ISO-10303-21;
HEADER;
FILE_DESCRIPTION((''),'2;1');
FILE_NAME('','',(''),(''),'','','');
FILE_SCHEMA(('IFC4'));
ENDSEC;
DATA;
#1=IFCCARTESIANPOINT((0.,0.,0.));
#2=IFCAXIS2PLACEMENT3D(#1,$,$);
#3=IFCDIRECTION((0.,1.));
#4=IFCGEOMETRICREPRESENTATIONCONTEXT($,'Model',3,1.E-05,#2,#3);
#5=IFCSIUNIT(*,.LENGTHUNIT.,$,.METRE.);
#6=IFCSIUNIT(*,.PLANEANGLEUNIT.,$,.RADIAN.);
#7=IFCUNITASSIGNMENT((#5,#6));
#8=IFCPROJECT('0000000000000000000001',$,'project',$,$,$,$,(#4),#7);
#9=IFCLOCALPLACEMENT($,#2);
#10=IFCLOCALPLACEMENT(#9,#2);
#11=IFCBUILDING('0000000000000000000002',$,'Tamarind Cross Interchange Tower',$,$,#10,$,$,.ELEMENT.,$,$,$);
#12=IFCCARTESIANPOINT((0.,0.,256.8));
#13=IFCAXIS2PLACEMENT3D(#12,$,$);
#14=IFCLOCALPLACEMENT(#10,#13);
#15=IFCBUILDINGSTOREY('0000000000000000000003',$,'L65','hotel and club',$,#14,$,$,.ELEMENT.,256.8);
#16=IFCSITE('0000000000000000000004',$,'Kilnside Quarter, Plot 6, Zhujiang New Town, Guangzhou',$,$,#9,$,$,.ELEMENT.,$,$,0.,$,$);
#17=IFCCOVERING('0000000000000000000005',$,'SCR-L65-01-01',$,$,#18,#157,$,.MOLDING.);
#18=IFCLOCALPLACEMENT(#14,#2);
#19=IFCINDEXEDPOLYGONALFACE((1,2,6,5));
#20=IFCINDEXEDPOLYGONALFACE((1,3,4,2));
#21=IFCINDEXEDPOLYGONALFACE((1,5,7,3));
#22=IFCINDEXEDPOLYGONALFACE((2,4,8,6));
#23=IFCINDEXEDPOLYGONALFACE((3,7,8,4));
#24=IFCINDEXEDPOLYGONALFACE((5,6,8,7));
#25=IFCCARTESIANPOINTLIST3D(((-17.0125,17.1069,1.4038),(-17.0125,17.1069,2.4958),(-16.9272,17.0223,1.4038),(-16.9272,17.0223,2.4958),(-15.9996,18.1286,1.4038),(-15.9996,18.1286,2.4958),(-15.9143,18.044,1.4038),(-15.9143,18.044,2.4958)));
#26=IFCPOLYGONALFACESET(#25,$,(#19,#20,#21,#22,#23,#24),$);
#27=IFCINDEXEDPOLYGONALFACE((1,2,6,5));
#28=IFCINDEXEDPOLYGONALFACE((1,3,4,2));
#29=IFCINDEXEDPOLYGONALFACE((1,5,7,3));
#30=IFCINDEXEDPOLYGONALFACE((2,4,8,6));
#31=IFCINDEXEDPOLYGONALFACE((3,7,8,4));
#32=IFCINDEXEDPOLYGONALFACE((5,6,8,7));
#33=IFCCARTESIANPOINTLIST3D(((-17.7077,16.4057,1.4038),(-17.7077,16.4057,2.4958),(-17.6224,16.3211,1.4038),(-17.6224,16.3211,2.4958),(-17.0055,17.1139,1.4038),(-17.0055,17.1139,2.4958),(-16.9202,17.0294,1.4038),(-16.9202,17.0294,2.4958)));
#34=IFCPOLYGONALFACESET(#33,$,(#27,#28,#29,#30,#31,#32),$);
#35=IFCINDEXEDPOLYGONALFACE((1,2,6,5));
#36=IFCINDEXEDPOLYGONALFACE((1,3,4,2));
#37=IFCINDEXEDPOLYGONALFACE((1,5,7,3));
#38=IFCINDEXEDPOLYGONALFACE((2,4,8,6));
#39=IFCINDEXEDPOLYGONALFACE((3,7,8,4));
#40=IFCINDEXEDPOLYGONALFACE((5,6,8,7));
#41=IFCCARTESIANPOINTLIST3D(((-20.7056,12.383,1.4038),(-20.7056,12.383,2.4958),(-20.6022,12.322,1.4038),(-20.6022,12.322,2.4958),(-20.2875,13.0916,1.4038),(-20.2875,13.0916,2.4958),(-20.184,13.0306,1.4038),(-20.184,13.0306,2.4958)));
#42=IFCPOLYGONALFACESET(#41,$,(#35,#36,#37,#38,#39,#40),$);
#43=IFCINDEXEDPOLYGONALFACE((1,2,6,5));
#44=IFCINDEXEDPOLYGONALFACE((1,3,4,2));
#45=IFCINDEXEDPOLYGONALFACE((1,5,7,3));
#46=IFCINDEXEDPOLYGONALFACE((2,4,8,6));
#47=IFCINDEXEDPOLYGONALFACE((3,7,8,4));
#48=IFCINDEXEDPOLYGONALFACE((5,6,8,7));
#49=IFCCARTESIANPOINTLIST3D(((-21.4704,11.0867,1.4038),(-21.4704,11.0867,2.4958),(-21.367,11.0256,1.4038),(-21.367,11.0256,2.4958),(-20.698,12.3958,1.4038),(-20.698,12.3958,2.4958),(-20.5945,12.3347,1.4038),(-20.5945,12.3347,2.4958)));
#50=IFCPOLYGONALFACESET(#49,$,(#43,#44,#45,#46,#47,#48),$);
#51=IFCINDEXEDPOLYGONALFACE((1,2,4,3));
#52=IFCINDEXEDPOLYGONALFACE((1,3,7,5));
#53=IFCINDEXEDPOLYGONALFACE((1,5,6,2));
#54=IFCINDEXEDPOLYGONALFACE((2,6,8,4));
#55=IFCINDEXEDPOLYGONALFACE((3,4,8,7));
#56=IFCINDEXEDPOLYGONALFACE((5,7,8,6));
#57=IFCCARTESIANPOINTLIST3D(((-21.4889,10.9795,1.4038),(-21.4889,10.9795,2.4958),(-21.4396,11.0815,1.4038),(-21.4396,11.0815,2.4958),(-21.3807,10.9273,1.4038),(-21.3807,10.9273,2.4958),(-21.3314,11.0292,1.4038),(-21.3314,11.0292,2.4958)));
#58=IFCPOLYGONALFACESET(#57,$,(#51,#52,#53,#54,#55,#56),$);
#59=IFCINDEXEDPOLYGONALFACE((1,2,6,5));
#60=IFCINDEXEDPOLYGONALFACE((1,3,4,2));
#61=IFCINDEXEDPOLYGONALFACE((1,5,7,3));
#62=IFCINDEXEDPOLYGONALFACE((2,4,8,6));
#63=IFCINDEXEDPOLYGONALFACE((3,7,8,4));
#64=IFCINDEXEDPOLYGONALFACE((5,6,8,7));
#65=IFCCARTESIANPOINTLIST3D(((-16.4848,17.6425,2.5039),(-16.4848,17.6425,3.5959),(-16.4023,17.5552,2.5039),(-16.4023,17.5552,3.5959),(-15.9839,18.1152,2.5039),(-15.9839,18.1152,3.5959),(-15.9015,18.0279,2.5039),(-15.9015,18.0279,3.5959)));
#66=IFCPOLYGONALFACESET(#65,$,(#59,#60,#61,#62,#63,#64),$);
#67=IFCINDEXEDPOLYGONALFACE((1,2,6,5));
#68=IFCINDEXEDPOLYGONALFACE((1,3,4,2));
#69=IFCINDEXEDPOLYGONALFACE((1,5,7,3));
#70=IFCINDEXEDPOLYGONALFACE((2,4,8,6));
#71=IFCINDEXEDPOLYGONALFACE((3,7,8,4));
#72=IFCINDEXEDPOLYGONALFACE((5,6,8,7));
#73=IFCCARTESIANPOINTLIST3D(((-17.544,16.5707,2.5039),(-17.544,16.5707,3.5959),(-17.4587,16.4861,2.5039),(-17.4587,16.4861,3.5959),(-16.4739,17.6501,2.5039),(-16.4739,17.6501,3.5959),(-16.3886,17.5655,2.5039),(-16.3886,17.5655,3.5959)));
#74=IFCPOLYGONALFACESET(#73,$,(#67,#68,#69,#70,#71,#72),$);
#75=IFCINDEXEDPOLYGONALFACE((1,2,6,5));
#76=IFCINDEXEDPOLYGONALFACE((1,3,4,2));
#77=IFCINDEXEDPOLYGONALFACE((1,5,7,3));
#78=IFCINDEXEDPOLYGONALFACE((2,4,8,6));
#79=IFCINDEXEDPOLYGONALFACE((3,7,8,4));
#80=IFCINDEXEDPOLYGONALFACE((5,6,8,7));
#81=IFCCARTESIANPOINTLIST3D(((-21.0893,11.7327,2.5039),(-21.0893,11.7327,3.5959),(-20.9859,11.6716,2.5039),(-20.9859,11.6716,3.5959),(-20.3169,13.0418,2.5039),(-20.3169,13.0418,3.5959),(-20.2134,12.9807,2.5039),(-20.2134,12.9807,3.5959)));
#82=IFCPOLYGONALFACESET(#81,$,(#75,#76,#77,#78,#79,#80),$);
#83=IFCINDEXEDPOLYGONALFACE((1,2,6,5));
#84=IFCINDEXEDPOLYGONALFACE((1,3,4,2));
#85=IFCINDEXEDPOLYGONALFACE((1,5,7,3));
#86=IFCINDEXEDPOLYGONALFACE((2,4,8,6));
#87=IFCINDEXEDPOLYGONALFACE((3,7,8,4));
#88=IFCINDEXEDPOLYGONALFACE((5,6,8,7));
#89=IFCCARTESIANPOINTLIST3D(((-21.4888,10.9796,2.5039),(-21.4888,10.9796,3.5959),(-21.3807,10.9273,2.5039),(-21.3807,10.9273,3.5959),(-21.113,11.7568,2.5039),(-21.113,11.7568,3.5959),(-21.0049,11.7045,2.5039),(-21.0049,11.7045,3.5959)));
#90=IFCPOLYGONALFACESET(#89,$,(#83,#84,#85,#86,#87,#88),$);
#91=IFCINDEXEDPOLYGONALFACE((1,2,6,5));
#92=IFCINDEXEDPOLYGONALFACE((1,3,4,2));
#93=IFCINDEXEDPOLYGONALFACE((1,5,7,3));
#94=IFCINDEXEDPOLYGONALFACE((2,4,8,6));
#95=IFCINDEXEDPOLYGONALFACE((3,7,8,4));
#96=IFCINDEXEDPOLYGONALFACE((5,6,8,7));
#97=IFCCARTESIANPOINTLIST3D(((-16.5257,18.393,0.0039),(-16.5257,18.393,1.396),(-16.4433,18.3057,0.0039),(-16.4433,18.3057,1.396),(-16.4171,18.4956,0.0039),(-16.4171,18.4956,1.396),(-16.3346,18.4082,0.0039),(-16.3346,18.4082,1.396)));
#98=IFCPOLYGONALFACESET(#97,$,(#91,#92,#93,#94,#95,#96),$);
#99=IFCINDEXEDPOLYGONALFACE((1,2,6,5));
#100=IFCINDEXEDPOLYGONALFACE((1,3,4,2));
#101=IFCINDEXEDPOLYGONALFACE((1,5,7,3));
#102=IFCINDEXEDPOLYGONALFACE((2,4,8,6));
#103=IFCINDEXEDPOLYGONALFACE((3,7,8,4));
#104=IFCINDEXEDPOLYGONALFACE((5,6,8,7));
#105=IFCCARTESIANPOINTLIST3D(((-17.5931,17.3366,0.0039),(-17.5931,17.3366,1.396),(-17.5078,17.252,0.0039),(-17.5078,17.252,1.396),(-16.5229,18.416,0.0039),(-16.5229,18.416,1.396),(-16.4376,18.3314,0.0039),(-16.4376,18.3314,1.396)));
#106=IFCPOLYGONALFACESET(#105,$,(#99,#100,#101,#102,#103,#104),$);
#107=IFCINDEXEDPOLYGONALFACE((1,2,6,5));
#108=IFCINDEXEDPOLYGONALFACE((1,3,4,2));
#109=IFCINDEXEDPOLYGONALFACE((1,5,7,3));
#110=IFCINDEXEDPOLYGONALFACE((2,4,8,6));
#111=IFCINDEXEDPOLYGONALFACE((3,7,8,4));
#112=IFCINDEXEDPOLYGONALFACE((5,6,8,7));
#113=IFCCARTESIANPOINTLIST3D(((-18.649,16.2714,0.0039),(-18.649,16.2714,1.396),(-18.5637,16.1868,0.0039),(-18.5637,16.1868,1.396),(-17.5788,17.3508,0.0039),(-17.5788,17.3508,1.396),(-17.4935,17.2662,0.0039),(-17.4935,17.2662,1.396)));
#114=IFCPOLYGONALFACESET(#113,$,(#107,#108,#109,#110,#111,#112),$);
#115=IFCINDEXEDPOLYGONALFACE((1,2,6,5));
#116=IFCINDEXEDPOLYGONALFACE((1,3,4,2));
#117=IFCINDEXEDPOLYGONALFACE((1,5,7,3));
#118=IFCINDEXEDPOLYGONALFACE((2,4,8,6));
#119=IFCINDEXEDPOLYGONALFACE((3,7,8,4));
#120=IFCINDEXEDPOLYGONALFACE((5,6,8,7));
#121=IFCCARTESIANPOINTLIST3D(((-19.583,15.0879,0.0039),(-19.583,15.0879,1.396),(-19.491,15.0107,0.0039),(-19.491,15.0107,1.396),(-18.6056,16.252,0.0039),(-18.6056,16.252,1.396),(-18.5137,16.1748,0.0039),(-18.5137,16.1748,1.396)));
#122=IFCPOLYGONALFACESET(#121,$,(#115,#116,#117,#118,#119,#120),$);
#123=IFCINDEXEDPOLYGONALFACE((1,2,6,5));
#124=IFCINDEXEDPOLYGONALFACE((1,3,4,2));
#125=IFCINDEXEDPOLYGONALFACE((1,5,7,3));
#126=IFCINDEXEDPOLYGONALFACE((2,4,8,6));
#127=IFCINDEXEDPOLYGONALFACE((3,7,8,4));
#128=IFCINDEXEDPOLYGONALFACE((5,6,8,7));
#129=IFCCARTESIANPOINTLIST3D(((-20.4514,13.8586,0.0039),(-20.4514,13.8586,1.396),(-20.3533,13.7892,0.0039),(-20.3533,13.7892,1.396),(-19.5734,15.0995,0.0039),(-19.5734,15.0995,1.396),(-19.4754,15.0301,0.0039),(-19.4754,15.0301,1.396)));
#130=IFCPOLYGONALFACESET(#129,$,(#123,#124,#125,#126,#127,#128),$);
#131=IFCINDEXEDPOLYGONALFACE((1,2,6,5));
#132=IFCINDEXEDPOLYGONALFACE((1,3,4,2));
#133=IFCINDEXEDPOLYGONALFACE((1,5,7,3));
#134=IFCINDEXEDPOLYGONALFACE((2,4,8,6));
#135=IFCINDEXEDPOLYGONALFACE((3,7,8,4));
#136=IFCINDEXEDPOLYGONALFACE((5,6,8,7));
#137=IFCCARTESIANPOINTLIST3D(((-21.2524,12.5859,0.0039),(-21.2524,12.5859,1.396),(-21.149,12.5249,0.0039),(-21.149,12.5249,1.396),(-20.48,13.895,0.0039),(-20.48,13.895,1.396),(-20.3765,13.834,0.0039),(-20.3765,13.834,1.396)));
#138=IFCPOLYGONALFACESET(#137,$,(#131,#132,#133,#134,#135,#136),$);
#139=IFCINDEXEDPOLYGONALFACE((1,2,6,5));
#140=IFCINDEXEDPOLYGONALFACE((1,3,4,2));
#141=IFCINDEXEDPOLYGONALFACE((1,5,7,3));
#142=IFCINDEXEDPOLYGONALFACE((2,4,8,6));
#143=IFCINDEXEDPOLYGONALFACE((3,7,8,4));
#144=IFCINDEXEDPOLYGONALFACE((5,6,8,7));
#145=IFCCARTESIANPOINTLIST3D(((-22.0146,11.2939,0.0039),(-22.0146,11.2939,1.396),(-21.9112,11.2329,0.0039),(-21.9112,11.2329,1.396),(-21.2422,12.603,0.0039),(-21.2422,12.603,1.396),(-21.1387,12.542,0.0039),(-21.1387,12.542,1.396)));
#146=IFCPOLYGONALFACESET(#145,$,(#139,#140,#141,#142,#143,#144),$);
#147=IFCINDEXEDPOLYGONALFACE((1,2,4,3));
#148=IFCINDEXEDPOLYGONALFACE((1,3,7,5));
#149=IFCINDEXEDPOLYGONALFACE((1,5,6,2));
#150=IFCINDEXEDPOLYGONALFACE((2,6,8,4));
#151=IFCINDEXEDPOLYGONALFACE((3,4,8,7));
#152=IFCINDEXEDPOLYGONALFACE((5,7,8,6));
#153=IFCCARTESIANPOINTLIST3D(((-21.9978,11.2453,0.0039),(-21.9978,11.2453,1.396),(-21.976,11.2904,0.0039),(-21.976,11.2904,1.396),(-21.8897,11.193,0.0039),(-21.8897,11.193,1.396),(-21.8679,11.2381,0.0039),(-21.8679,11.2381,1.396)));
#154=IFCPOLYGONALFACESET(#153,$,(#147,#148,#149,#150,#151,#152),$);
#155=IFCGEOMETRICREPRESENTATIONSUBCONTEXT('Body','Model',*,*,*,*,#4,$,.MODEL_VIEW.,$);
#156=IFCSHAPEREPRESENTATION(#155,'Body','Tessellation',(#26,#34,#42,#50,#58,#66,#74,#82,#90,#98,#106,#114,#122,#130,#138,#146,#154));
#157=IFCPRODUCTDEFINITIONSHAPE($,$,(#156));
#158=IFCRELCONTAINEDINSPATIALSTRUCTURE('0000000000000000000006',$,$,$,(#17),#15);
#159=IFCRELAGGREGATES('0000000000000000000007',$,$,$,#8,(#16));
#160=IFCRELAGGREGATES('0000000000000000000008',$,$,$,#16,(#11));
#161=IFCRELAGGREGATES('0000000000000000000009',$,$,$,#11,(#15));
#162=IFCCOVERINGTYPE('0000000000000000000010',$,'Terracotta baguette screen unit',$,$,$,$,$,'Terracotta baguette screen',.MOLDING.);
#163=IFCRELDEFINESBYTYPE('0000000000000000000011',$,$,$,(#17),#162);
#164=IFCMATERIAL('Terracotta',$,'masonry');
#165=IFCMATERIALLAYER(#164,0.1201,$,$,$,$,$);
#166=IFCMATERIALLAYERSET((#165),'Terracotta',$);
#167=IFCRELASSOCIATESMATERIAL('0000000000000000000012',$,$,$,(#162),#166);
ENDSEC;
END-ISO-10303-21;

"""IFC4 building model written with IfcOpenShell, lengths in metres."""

from ifc_helpers import new_model, si_unit, direction, frame, origin, origin_2d, place, context, subcontext, project, spatial, rectangle, extrude, material, layer, layer_set, type_object, element, save


model = new_model("IFC4")

# Units and contexts
model_context = context("Model", 3, precision=1e-05, world=origin(), true_north=direction((0.0, 1.0)))
body_context = subcontext(model_context, "Body", "Model", "MODEL_VIEW")
ifc_project = project(units=[si_unit("LENGTHUNIT", "METRE"), si_unit("PLANEANGLEUNIT", "RADIAN")], contexts=[model_context])

# Site, building, storey
site_placement = place(None, origin())
site = spatial("IfcSite", under=ifc_project, at=site_placement, Name="Kilnside Quarter, Plot 6, Zhujiang New Town, Guangzhou", CompositionType="ELEMENT", RefElevation=0.0)
building_placement = place(site_placement, origin())
building = spatial("IfcBuilding", under=site, at=building_placement, Name="Tamarind Cross Interchange Tower", CompositionType="ELEMENT")
storey_placement = place(building_placement, frame((0.0, 0.0, 256.8)))
storey = spatial("IfcBuildingStorey", under=building, at=storey_placement, Name="L65", Description="hotel and club", CompositionType="ELEMENT", Elevation=256.8)

# Covering
ifc_material_1 = material(Name="Terracotta", Category="masonry")
ifc_layer_1 = layer(ifc_material_1, 0.1201)
ifc_layer_set_1 = layer_set([ifc_layer_1], Name="Terracotta")
covering_type = type_object("IfcCoveringType", Name="Terracotta baguette screen unit", ElementType="Terracotta baguette screen", PredefinedType="MOLDING", material=ifc_layer_set_1)
covering_1_placement = place(storey_placement, origin())
element("IfcCovering", 1, at=covering_1_placement, inside=storey, type_object=covering_type, Name="SCR-L65-01-01", PredefinedType="MOLDING", context=body_context, shape_type="SweptSolid", body=[
    extrude(rectangle(XDim=1.4387, YDim=0.1201, at=origin_2d()), frame((-16.4634, 17.5754, 1.4038), z_axis=(0.0, 0.0, 1.0), x_axis=(-0.704057, -0.710143, 0.0)), (0.0, 0.0, 1.0), 1.092),
    extrude(rectangle(XDim=0.9973, YDim=0.1201, at=origin_2d()), frame((-17.314, 16.7175, 1.4038), z_axis=(0.0, 0.0, 1.0), x_axis=(-0.704057, -0.710143, 0.0)), (0.0, 0.0, 1.0), 1.092),
    extrude(rectangle(XDim=0.8228, YDim=0.1201, at=origin_2d()), frame((-20.4448, 12.7068, 1.4038), z_axis=(0.0, 0.0, 1.0), x_axis=(-0.508183, -0.861249, 0.0)), (0.0, 0.0, 1.0), 1.092),
    extrude(rectangle(XDim=1.52, YDim=0.1201, at=origin_2d()), frame((-21.0325, 11.7107, 1.4038), z_axis=(0.0, 0.0, 1.0), x_axis=(-0.508183, -0.861249, 0.0)), (0.0, 0.0, 1.0), 1.092),
    extrude(rectangle(XDim=0.1133, YDim=0.1201, at=origin_2d()), frame((-21.4102, 11.0044, 1.4038), z_axis=(0.0, 0.0, 1.0), x_axis=(-0.435326, -0.900273, 0.0)), (0.0, 0.0, 1.0), 1.092),
    extrude(rectangle(XDim=0.6887, YDim=0.1201, at=origin_2d()), frame((-16.1931, 17.8352, 2.5039), z_axis=(0.0, 0.0, 1.0), x_axis=(-0.72725, -0.686373, 0.0)), (0.0, 0.0, 1.0), 1.092),
    extrude(rectangle(XDim=1.52, YDim=0.1201, at=origin_2d()), frame((-16.9663, 17.0681, 2.5039), z_axis=(0.0, 0.0, 1.0), x_axis=(-0.704057, -0.710143, 0.0)), (0.0, 0.0, 1.0), 1.092),
    extrude(rectangle(XDim=1.52, YDim=0.1201, at=origin_2d()), frame((-20.6514, 12.3567, 2.5039), z_axis=(0.0, 0.0, 1.0), x_axis=(-0.508183, -0.861249, 0.0)), (0.0, 0.0, 1.0), 1.092),
    extrude(rectangle(XDim=0.8633, YDim=0.1201, at=origin_2d()), frame((-21.2468, 11.342, 2.5039), z_axis=(0.0, 0.0, 1.0), x_axis=(-0.435326, -0.900273, 0.0)), (0.0, 0.0, 1.0), 1.092),
    extrude(rectangle(XDim=0.1494, YDim=0.1201, at=origin_2d()), frame((-16.4302, 18.4006, 0.0039), z_axis=(0.0, 0.0, 1.0), x_axis=(-0.72725, -0.686373, 0.0)), (0.0, 0.0, 1.0), 1.3921),
    extrude(rectangle(XDim=1.52, YDim=0.1201, at=origin_2d()), frame((-17.0154, 17.834, 0.0039), z_axis=(0.0, 0.0, 1.0), x_axis=(-0.704057, -0.710143, 0.0)), (0.0, 0.0, 1.0), 1.3921),
    extrude(rectangle(XDim=1.52, YDim=0.1201, at=origin_2d()), frame((-18.0713, 16.7688, 0.0039), z_axis=(0.0, 0.0, 1.0), x_axis=(-0.704057, -0.710143, 0.0)), (0.0, 0.0, 1.0), 1.3921),
    extrude(rectangle(XDim=1.52, YDim=0.1201, at=origin_2d()), frame((-19.0483, 15.6313, 0.0039), z_axis=(0.0, 0.0, 1.0), x_axis=(-0.643009, -0.765858, 0.0)), (0.0, 0.0, 1.0), 1.3921),
    extrude(rectangle(XDim=1.52, YDim=0.1201, at=origin_2d()), frame((-19.9634, 14.4443, 0.0039), z_axis=(0.0, 0.0, 1.0), x_axis=(-0.577569, -0.816342, 0.0)), (0.0, 0.0, 1.0), 1.3921),
    extrude(rectangle(XDim=1.52, YDim=0.1201, at=origin_2d()), frame((-20.8145, 13.21, 0.0039), z_axis=(0.0, 0.0, 1.0), x_axis=(-0.508183, -0.861249, 0.0)), (0.0, 0.0, 1.0), 1.3921),
    extrude(rectangle(XDim=1.52, YDim=0.1201, at=origin_2d()), frame((-21.5767, 11.918, 0.0039), z_axis=(0.0, 0.0, 1.0), x_axis=(-0.508183, -0.861249, 0.0)), (0.0, 0.0, 1.0), 1.3921),
    extrude(rectangle(XDim=0.05, YDim=0.1201, at=origin_2d()), frame((-21.9329, 11.2417, 0.0039), z_axis=(0.0, 0.0, 1.0), x_axis=(-0.435326, -0.900273, 0.0)), (0.0, 0.0, 1.0), 1.3921),
])

save(model, "model.ifc")
